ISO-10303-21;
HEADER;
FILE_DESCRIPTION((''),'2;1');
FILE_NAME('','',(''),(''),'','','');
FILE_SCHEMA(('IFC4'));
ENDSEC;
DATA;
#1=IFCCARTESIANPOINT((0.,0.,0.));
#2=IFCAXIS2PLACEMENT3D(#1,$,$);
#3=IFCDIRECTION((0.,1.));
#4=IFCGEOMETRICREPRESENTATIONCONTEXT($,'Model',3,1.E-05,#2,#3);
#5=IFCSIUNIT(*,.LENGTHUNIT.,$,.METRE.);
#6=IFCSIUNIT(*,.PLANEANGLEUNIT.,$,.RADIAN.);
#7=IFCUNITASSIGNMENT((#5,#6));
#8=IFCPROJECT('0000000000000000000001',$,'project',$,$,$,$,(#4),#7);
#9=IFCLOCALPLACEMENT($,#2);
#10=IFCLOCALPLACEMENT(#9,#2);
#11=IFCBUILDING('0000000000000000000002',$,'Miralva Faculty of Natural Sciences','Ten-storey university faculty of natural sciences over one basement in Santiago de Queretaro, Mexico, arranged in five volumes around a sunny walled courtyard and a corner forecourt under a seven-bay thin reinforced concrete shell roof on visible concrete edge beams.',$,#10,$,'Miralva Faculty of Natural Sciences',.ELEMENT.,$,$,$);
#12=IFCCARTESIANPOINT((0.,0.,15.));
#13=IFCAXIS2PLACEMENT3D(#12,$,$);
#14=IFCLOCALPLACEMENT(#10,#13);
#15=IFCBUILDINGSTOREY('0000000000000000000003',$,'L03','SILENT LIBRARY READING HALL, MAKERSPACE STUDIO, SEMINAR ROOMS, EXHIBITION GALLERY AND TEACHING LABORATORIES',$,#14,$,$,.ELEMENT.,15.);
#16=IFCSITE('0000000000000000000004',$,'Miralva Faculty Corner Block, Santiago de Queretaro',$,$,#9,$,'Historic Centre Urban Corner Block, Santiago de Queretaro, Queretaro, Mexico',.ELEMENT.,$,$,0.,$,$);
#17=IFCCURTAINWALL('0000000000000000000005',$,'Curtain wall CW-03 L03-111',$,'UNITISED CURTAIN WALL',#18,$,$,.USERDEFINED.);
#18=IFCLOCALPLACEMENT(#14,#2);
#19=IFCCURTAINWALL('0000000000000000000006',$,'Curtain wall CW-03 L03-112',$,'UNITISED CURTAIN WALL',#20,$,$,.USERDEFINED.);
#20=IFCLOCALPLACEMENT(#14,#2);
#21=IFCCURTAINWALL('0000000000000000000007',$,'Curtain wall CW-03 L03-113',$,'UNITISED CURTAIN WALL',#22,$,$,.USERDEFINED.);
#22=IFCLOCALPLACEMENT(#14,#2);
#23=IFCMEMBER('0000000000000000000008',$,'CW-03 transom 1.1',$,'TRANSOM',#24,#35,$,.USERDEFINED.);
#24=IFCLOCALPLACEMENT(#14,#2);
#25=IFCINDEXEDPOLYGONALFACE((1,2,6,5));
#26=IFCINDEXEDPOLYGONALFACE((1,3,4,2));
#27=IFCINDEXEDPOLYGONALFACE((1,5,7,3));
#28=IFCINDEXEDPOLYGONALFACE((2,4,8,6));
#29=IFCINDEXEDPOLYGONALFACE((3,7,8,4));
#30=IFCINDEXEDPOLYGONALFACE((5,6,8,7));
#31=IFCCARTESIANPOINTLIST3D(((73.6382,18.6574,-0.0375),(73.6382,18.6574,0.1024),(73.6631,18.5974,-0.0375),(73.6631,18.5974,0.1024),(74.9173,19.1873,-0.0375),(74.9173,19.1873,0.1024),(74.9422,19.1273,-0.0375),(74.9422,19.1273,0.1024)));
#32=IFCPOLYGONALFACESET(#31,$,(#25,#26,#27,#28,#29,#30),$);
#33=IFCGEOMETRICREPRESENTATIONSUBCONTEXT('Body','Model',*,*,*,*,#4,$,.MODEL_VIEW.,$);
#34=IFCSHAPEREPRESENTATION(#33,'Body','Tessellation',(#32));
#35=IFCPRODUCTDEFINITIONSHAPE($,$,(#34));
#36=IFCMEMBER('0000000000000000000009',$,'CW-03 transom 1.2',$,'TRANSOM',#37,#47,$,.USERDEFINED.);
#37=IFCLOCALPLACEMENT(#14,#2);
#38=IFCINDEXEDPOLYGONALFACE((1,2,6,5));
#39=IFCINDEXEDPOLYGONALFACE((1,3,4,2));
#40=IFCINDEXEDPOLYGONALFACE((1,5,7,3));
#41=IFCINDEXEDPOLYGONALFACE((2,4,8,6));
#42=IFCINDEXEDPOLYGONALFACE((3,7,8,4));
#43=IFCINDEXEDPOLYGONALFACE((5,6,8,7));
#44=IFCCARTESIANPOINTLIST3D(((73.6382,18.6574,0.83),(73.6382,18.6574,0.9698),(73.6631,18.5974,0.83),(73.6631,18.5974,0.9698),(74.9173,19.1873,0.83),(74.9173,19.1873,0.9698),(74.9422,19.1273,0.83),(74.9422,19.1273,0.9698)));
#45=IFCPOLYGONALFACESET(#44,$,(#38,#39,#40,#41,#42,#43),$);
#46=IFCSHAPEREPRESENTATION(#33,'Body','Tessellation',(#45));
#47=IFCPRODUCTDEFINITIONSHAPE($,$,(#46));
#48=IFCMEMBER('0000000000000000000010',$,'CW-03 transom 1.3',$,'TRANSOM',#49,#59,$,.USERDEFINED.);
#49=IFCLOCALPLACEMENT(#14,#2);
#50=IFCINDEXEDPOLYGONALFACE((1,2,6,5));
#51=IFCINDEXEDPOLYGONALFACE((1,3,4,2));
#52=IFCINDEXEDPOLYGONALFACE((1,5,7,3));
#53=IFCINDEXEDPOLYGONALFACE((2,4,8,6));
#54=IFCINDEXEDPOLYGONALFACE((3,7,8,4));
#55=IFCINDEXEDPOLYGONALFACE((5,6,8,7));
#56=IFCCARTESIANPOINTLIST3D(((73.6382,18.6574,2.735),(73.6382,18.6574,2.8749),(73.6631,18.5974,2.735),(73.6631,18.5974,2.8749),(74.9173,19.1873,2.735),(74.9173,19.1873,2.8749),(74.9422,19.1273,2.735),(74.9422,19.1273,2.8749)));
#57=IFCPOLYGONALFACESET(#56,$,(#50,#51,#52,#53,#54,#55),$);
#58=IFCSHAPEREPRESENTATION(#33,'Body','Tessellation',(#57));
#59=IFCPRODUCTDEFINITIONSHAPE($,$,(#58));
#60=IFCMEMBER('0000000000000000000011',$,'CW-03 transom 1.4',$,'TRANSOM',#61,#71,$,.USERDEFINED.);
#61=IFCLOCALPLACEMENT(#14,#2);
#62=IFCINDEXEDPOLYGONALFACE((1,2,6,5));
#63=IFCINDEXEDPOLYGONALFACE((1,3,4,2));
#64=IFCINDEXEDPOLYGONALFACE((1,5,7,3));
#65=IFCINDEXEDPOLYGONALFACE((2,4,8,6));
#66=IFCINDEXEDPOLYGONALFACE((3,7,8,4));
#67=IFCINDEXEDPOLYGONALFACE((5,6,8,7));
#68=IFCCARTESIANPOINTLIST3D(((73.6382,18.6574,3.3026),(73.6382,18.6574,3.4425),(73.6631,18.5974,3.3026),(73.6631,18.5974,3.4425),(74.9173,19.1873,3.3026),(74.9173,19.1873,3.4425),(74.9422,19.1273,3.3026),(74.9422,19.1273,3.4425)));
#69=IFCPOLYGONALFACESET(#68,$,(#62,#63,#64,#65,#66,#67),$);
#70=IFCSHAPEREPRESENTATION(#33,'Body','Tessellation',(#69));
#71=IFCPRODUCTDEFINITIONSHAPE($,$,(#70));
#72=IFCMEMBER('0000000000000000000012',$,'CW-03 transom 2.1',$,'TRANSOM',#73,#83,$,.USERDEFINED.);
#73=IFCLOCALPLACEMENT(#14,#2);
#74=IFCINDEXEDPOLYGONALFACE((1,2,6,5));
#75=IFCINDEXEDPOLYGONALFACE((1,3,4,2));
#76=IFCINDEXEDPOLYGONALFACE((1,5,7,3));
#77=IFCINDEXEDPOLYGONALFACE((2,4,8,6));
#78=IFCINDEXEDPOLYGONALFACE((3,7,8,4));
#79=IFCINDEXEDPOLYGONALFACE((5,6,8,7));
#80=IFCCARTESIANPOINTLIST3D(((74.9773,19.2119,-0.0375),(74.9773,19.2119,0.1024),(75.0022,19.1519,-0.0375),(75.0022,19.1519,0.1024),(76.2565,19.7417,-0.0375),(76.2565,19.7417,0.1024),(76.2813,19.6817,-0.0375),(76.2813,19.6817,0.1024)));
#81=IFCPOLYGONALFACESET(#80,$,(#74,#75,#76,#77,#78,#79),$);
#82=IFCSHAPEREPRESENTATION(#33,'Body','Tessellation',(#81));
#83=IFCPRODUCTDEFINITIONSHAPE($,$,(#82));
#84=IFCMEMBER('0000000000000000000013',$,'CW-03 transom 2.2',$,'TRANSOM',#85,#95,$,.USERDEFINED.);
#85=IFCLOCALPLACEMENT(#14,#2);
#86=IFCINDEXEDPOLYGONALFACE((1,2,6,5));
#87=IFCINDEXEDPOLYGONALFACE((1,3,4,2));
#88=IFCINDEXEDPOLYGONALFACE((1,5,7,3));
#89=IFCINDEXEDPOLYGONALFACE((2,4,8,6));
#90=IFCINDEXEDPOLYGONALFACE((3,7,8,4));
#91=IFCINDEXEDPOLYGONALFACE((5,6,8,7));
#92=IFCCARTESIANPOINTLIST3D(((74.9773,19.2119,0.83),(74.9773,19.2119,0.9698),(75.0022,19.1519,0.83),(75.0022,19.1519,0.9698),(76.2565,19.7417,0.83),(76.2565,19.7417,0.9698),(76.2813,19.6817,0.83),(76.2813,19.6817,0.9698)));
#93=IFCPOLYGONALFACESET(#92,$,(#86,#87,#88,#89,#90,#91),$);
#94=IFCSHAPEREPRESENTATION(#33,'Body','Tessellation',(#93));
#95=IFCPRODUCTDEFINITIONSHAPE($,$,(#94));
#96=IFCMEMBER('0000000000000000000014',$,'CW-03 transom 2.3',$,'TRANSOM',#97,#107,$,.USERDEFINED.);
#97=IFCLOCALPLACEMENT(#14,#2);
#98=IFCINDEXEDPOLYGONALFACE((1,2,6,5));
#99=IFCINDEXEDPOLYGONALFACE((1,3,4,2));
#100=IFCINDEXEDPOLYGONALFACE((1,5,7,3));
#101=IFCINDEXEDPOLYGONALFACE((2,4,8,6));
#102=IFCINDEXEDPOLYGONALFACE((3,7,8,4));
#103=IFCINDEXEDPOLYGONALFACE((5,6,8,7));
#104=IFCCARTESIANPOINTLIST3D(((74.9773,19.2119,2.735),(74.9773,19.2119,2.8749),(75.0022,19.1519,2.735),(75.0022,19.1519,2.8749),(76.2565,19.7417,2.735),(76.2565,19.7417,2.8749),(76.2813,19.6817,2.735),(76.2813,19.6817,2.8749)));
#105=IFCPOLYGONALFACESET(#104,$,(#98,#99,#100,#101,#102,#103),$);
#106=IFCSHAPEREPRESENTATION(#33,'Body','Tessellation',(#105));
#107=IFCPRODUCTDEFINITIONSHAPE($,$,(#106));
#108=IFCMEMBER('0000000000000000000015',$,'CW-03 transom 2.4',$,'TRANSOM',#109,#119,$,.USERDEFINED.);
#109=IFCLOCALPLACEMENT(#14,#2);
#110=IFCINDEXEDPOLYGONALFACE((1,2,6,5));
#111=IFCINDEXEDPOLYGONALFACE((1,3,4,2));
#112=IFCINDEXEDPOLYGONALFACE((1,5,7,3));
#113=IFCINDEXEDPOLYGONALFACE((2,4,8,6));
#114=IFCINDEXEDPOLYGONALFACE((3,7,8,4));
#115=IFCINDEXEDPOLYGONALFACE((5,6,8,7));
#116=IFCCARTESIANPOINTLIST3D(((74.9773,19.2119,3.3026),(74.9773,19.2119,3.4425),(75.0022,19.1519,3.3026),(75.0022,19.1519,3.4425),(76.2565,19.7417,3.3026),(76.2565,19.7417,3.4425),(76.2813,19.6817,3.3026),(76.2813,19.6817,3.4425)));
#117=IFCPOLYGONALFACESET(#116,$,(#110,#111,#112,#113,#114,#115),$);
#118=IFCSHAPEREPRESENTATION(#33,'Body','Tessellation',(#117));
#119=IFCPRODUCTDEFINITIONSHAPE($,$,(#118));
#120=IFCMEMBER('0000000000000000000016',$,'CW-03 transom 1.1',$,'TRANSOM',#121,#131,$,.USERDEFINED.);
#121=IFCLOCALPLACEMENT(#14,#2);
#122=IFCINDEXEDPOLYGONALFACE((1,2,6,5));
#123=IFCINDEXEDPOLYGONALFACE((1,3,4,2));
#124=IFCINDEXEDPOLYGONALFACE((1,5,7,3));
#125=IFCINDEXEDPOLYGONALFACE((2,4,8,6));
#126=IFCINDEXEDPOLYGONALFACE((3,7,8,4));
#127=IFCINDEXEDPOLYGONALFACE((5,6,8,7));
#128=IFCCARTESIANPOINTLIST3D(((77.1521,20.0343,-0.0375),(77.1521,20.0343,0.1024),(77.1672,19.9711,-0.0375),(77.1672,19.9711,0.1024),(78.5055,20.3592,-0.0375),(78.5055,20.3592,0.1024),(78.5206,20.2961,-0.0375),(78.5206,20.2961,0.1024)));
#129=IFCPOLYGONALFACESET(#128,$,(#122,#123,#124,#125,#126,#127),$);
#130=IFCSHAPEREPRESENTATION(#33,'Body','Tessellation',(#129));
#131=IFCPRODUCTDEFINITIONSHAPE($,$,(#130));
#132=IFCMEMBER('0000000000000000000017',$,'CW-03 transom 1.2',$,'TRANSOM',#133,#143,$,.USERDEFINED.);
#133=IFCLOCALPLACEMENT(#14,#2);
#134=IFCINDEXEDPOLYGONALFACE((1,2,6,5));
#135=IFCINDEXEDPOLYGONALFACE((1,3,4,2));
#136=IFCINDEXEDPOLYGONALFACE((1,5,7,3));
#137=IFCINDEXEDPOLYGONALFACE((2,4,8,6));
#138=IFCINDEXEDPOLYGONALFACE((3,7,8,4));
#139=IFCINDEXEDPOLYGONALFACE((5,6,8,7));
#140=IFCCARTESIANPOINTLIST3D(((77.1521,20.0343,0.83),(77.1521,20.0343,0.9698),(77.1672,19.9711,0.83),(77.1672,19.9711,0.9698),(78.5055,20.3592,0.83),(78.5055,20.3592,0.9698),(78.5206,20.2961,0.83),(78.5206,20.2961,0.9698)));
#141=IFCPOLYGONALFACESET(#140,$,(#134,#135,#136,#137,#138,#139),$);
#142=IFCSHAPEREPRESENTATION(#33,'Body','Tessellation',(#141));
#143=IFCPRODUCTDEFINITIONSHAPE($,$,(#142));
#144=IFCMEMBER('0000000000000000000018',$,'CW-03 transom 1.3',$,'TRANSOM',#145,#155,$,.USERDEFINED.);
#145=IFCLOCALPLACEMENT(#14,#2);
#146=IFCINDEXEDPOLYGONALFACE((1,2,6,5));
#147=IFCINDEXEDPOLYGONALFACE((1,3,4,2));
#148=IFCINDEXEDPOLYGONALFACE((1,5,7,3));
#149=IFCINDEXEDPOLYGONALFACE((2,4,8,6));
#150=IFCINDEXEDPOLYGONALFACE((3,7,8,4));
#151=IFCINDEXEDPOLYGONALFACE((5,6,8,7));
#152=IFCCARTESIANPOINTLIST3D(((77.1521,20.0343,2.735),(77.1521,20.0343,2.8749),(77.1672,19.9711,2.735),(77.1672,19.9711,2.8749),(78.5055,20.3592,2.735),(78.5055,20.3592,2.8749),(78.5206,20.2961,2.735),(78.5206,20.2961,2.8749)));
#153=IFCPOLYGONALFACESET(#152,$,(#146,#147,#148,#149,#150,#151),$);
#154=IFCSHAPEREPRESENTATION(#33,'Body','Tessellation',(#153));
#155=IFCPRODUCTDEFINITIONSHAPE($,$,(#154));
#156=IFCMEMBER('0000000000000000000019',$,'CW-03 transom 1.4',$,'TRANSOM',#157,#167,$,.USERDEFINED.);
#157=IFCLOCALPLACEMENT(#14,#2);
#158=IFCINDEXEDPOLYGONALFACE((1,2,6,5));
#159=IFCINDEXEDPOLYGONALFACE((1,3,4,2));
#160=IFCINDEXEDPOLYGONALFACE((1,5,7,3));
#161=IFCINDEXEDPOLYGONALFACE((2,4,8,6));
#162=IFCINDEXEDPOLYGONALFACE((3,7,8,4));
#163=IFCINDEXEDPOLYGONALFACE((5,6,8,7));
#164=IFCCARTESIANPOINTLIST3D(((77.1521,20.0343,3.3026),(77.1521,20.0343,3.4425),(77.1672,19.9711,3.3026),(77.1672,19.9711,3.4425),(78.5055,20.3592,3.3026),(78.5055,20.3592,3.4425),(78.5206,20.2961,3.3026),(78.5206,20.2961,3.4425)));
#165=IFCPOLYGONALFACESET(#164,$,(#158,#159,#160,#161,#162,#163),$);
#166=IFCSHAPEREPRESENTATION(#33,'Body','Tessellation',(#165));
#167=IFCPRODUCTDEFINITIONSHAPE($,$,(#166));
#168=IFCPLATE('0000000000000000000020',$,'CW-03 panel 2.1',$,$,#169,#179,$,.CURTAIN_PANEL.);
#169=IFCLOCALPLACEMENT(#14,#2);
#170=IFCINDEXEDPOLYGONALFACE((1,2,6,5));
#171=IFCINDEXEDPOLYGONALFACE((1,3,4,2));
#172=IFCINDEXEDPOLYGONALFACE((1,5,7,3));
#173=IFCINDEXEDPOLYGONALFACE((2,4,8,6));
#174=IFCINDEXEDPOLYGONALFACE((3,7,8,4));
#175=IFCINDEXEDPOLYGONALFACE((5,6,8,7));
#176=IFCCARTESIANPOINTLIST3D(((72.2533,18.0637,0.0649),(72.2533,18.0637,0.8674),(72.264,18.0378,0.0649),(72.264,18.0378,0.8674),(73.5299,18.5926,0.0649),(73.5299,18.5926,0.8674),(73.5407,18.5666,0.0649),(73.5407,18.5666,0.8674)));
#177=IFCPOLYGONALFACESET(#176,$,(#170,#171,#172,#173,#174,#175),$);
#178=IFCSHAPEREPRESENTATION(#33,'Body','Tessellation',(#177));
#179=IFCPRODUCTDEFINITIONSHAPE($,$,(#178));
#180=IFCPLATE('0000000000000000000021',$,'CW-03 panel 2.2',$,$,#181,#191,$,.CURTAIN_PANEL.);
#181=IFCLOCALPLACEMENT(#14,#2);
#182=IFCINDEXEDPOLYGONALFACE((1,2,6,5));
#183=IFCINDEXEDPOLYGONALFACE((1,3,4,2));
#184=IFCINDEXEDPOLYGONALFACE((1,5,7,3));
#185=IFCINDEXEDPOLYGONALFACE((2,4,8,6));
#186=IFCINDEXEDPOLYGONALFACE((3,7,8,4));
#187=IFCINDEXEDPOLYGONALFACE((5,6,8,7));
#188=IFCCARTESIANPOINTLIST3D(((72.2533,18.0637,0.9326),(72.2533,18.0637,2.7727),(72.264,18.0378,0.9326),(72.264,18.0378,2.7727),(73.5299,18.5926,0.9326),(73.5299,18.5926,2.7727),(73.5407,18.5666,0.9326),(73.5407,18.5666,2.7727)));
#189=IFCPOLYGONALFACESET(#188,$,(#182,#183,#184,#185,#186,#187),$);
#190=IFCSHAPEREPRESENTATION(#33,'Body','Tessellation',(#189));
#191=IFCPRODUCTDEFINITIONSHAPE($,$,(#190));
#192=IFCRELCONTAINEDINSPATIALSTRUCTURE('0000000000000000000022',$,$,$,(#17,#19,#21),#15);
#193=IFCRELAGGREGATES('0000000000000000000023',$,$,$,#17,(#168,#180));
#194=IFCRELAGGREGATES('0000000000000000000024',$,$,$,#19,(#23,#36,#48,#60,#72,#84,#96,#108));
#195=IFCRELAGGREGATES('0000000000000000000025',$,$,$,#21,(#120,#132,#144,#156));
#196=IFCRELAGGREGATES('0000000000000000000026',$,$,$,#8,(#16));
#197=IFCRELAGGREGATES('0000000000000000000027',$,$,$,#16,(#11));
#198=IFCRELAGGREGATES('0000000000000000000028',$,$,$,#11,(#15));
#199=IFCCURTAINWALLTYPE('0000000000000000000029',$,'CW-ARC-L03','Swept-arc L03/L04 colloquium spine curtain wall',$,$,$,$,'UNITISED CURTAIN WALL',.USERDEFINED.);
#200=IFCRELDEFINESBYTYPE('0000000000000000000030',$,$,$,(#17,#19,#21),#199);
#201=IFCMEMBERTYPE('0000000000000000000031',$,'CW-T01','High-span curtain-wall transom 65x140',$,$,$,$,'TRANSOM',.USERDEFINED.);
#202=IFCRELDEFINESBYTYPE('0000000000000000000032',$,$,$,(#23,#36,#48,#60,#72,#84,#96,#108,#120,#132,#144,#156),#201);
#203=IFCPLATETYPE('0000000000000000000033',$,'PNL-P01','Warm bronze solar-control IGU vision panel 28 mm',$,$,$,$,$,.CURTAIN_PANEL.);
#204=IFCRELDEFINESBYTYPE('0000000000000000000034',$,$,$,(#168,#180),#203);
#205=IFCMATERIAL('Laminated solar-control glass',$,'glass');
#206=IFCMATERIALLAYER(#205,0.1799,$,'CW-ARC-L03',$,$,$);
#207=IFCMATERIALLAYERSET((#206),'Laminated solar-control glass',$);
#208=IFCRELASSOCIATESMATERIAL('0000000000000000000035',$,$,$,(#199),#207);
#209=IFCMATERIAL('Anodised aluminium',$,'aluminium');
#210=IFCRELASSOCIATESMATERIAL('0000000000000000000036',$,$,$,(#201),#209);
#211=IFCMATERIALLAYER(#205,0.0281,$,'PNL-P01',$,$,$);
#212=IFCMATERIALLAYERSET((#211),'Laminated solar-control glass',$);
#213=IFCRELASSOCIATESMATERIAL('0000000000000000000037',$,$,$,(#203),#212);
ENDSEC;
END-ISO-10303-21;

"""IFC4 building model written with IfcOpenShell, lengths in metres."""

from ifc_helpers import new_model, si_unit, direction, frame, origin, origin_2d, place, context, subcontext, project, spatial, rectangle, extrude, material, layer, layer_set, material_profile, profile_set, type_object, element, aggregate, save


model = new_model("IFC4")

# Units and contexts
model_context = context("Model", 3, precision=1e-05, world=origin(), true_north=direction((0.0, 1.0)))
body_context = subcontext(model_context, "Body", "Model", "MODEL_VIEW")
ifc_project = project(units=[si_unit("LENGTHUNIT", "METRE"), si_unit("PLANEANGLEUNIT", "RADIAN")], contexts=[model_context])

# Site, building, storey
site_placement = place(None, origin())
site = spatial("IfcSite", under=ifc_project, at=site_placement, Name="Miralva Faculty Corner Block, Santiago de Queretaro", LongName="Historic Centre Urban Corner Block, Santiago de Queretaro, Queretaro, Mexico", CompositionType="ELEMENT", RefElevation=0.0)
building_placement = place(site_placement, origin())
building = spatial("IfcBuilding", under=site, at=building_placement, Name="Miralva Faculty of Natural Sciences", Description="Ten-storey university faculty of natural sciences over one basement in Santiago de Queretaro, Mexico, arranged in five volumes around a sunny walled courtyard and a corner forecourt under a seven-bay thin reinforced concrete shell roof on visible concrete edge beams.", LongName="Miralva Faculty of Natural Sciences", CompositionType="ELEMENT")
storey_placement = place(building_placement, frame((0.0, 0.0, 15.0)))
storey = spatial("IfcBuildingStorey", under=building, at=storey_placement, Name="L03", Description="SILENT LIBRARY READING HALL, MAKERSPACE STUDIO, SEMINAR ROOMS, EXHIBITION GALLERY AND TEACHING LABORATORIES", CompositionType="ELEMENT", Elevation=15.0)

# Curtain walls
ifc_material_1 = material(Name="Laminated solar-control glass", Category="glass")
ifc_layer_1 = layer(ifc_material_1, 0.1799, Name="CW-ARC-L03")
ifc_layer_set_1 = layer_set([ifc_layer_1], Name="Laminated solar-control glass")
curtain_wall_type = type_object("IfcCurtainWallType", Name="CW-ARC-L03", Description="Swept-arc L03/L04 colloquium spine curtain wall", ElementType="UNITISED CURTAIN WALL", PredefinedType="USERDEFINED", material=ifc_layer_set_1)
curtain_wall_1_placement = place(storey_placement, origin())
curtain_wall_1 = element("IfcCurtainWall", 1, at=curtain_wall_1_placement, inside=storey, type_object=curtain_wall_type, Name="Curtain wall CW-03 L03-111", ObjectType="UNITISED CURTAIN WALL", PredefinedType="USERDEFINED")
ifc_material_2 = material(Name="Anodised aluminium", Category="aluminium")
curtain_wall_2_placement = place(storey_placement, origin())
curtain_wall_2 = element("IfcCurtainWall", 2, at=curtain_wall_2_placement, inside=storey, type_object=curtain_wall_type, Name="Curtain wall CW-03 L03-112", ObjectType="UNITISED CURTAIN WALL", PredefinedType="USERDEFINED")

# Curtain wall
curtain_wall_3_placement = place(storey_placement, origin())
curtain_wall_3 = element("IfcCurtainWall", 3, at=curtain_wall_3_placement, inside=storey, type_object=curtain_wall_type, Name="Curtain wall CW-03 L03-113", ObjectType="UNITISED CURTAIN WALL", PredefinedType="USERDEFINED")

# Members
ifc_material_profile_1 = material_profile(ifc_material_2, rectangle(XDim=0.0649, YDim=0.1399, at=origin_2d()), Name="TRANSOM 65x140")
ifc_profile_set_1 = profile_set([ifc_material_profile_1], Name="Anodised aluminium")
member_type_1 = type_object("IfcMemberType", Name="CW-T01", Description="High-span curtain-wall transom 65x140", ElementType="TRANSOM", PredefinedType="USERDEFINED", material=ifc_profile_set_1)
member_1_placement = place(storey_placement, frame((73.6506, 18.6274, 0.0325), z_axis=(0.923884, 0.382674, 0.0), x_axis=(-0.382674, 0.923884, 0.0)))
member_1 = element("IfcMember", 4, at=member_1_placement, type_object=member_type_1, Name="CW-03 transom 1.1", ObjectType="TRANSOM", PredefinedType="USERDEFINED", context=body_context, shape_type="SweptSolid", body=[
    extrude(rectangle(XDim=0.0649, YDim=0.1399, at=origin_2d()), origin(), (0.0, 0.0, 1.0), 1.3845),
])
member_2_placement = place(storey_placement, frame((73.6506, 18.6274, 0.8999), z_axis=(0.923884, 0.382674, 0.0), x_axis=(-0.382674, 0.923884, 0.0)))
member_2 = element("IfcMember", 5, at=member_2_placement, type_object=member_type_1, Name="CW-03 transom 1.2", ObjectType="TRANSOM", PredefinedType="USERDEFINED", context=body_context, shape_type="SweptSolid", body=[
    extrude(rectangle(XDim=0.0649, YDim=0.1399, at=origin_2d()), origin(), (0.0, 0.0, 1.0), 1.3845),
])
member_3_placement = place(storey_placement, frame((73.6506, 18.6274, 2.8049), z_axis=(0.923884, 0.382674, 0.0), x_axis=(-0.382674, 0.923884, 0.0)))
member_3 = element("IfcMember", 6, at=member_3_placement, type_object=member_type_1, Name="CW-03 transom 1.3", ObjectType="TRANSOM", PredefinedType="USERDEFINED", context=body_context, shape_type="SweptSolid", body=[
    extrude(rectangle(XDim=0.0649, YDim=0.1399, at=origin_2d()), origin(), (0.0, 0.0, 1.0), 1.3845),
])
member_4_placement = place(storey_placement, frame((73.6506, 18.6274, 3.3726), z_axis=(0.923884, 0.382674, 0.0), x_axis=(-0.382674, 0.923884, 0.0)))
member_4 = element("IfcMember", 7, at=member_4_placement, type_object=member_type_1, Name="CW-03 transom 1.4", ObjectType="TRANSOM", PredefinedType="USERDEFINED", context=body_context, shape_type="SweptSolid", body=[
    extrude(rectangle(XDim=0.0649, YDim=0.1399, at=origin_2d()), origin(), (0.0, 0.0, 1.0), 1.3845),
])
member_5_placement = place(storey_placement, frame((74.9897, 19.1819, 0.0325), z_axis=(0.923884, 0.382674, 0.0), x_axis=(-0.382674, 0.923884, 0.0)))
member_5 = element("IfcMember", 8, at=member_5_placement, type_object=member_type_1, Name="CW-03 transom 2.1", ObjectType="TRANSOM", PredefinedType="USERDEFINED", context=body_context, shape_type="SweptSolid", body=[
    extrude(rectangle(XDim=0.0649, YDim=0.1399, at=origin_2d()), origin(), (0.0, 0.0, 1.0), 1.3845),
])
member_6_placement = place(storey_placement, frame((74.9897, 19.1819, 0.8999), z_axis=(0.923884, 0.382674, 0.0), x_axis=(-0.382674, 0.923884, 0.0)))
member_6 = element("IfcMember", 9, at=member_6_placement, type_object=member_type_1, Name="CW-03 transom 2.2", ObjectType="TRANSOM", PredefinedType="USERDEFINED", context=body_context, shape_type="SweptSolid", body=[
    extrude(rectangle(XDim=0.0649, YDim=0.1399, at=origin_2d()), origin(), (0.0, 0.0, 1.0), 1.3845),
])
member_7_placement = place(storey_placement, frame((74.9897, 19.1819, 2.8049), z_axis=(0.923884, 0.382674, 0.0), x_axis=(-0.382674, 0.923884, 0.0)))
member_7 = element("IfcMember", 10, at=member_7_placement, type_object=member_type_1, Name="CW-03 transom 2.3", ObjectType="TRANSOM", PredefinedType="USERDEFINED", context=body_context, shape_type="SweptSolid", body=[
    extrude(rectangle(XDim=0.0649, YDim=0.1399, at=origin_2d()), origin(), (0.0, 0.0, 1.0), 1.3845),
])
member_8_placement = place(storey_placement, frame((74.9897, 19.1819, 3.3726), z_axis=(0.923884, 0.382674, 0.0), x_axis=(-0.382674, 0.923884, 0.0)))
member_8 = element("IfcMember", 11, at=member_8_placement, type_object=member_type_1, Name="CW-03 transom 2.4", ObjectType="TRANSOM", PredefinedType="USERDEFINED", context=body_context, shape_type="SweptSolid", body=[
    extrude(rectangle(XDim=0.0649, YDim=0.1399, at=origin_2d()), origin(), (0.0, 0.0, 1.0), 1.3845),
])
member_9_placement = place(storey_placement, frame((77.1597, 20.0027, 0.0325), z_axis=(0.97236, 0.233486, 0.0), x_axis=(-0.233486, 0.97236, 0.0)))
member_9 = element("IfcMember", 12, at=member_9_placement, type_object=member_type_1, Name="CW-03 transom 1.1", ObjectType="TRANSOM", PredefinedType="USERDEFINED", context=body_context, shape_type="SweptSolid", body=[
    extrude(rectangle(XDim=0.0649, YDim=0.1399, at=origin_2d()), origin(), (0.0, 0.0, 1.0), 1.3918),
])
member_10_placement = place(storey_placement, frame((77.1597, 20.0027, 0.8999), z_axis=(0.97236, 0.233486, 0.0), x_axis=(-0.233486, 0.97236, 0.0)))
member_10 = element("IfcMember", 13, at=member_10_placement, type_object=member_type_1, Name="CW-03 transom 1.2", ObjectType="TRANSOM", PredefinedType="USERDEFINED", context=body_context, shape_type="SweptSolid", body=[
    extrude(rectangle(XDim=0.0649, YDim=0.1399, at=origin_2d()), origin(), (0.0, 0.0, 1.0), 1.3918),
])
member_11_placement = place(storey_placement, frame((77.1597, 20.0027, 2.8049), z_axis=(0.97236, 0.233486, 0.0), x_axis=(-0.233486, 0.97236, 0.0)))
member_11 = element("IfcMember", 14, at=member_11_placement, type_object=member_type_1, Name="CW-03 transom 1.3", ObjectType="TRANSOM", PredefinedType="USERDEFINED", context=body_context, shape_type="SweptSolid", body=[
    extrude(rectangle(XDim=0.0649, YDim=0.1399, at=origin_2d()), origin(), (0.0, 0.0, 1.0), 1.3918),
])
member_12_placement = place(storey_placement, frame((77.1597, 20.0027, 3.3726), z_axis=(0.97236, 0.233486, 0.0), x_axis=(-0.233486, 0.97236, 0.0)))
member_12 = element("IfcMember", 15, at=member_12_placement, type_object=member_type_1, Name="CW-03 transom 1.4", ObjectType="TRANSOM", PredefinedType="USERDEFINED", context=body_context, shape_type="SweptSolid", body=[
    extrude(rectangle(XDim=0.0649, YDim=0.1399, at=origin_2d()), origin(), (0.0, 0.0, 1.0), 1.3918),
])

# Plates
ifc_layer_2 = layer(ifc_material_1, 0.0281, Name="PNL-P01")
ifc_layer_set_2 = layer_set([ifc_layer_2], Name="Laminated solar-control glass")
plate_type = type_object("IfcPlateType", Name="PNL-P01", Description="Warm bronze solar-control IGU vision panel 28 mm", PredefinedType="CURTAIN_PANEL", material=ifc_layer_set_2)
plate_1_placement = place(storey_placement, frame((72.897, 18.3152, 0.0649), z_axis=(0.0, 0.0, 1.0), x_axis=(0.923874, 0.382697, 0.0)))
plate_1 = element("IfcPlate", 16, at=plate_1_placement, type_object=plate_type, Name="CW-03 panel 2.1", PredefinedType="CURTAIN_PANEL", context=body_context, shape_type="SweptSolid", body=[
    extrude(rectangle(XDim=1.3818, YDim=0.0281, at=origin_2d()), origin(), (0.0, 0.0, 1.0), 0.8025),
])
plate_2_placement = place(storey_placement, frame((72.897, 18.3152, 0.9326), z_axis=(0.0, 0.0, 1.0), x_axis=(0.923874, 0.382697, 0.0)))
plate_2 = element("IfcPlate", 17, at=plate_2_placement, type_object=plate_type, Name="CW-03 panel 2.2", PredefinedType="CURTAIN_PANEL", context=body_context, shape_type="SweptSolid", body=[
    extrude(rectangle(XDim=1.3818, YDim=0.0281, at=origin_2d()), origin(), (0.0, 0.0, 1.0), 1.8401),
])
aggregate(curtain_wall_1, [plate_1, plate_2])
aggregate(curtain_wall_2, [member_1, member_2, member_3, member_4, member_5, member_6, member_7, member_8])
aggregate(curtain_wall_3, [member_9, member_10, member_11, member_12])

save(model, "model.ifc")
